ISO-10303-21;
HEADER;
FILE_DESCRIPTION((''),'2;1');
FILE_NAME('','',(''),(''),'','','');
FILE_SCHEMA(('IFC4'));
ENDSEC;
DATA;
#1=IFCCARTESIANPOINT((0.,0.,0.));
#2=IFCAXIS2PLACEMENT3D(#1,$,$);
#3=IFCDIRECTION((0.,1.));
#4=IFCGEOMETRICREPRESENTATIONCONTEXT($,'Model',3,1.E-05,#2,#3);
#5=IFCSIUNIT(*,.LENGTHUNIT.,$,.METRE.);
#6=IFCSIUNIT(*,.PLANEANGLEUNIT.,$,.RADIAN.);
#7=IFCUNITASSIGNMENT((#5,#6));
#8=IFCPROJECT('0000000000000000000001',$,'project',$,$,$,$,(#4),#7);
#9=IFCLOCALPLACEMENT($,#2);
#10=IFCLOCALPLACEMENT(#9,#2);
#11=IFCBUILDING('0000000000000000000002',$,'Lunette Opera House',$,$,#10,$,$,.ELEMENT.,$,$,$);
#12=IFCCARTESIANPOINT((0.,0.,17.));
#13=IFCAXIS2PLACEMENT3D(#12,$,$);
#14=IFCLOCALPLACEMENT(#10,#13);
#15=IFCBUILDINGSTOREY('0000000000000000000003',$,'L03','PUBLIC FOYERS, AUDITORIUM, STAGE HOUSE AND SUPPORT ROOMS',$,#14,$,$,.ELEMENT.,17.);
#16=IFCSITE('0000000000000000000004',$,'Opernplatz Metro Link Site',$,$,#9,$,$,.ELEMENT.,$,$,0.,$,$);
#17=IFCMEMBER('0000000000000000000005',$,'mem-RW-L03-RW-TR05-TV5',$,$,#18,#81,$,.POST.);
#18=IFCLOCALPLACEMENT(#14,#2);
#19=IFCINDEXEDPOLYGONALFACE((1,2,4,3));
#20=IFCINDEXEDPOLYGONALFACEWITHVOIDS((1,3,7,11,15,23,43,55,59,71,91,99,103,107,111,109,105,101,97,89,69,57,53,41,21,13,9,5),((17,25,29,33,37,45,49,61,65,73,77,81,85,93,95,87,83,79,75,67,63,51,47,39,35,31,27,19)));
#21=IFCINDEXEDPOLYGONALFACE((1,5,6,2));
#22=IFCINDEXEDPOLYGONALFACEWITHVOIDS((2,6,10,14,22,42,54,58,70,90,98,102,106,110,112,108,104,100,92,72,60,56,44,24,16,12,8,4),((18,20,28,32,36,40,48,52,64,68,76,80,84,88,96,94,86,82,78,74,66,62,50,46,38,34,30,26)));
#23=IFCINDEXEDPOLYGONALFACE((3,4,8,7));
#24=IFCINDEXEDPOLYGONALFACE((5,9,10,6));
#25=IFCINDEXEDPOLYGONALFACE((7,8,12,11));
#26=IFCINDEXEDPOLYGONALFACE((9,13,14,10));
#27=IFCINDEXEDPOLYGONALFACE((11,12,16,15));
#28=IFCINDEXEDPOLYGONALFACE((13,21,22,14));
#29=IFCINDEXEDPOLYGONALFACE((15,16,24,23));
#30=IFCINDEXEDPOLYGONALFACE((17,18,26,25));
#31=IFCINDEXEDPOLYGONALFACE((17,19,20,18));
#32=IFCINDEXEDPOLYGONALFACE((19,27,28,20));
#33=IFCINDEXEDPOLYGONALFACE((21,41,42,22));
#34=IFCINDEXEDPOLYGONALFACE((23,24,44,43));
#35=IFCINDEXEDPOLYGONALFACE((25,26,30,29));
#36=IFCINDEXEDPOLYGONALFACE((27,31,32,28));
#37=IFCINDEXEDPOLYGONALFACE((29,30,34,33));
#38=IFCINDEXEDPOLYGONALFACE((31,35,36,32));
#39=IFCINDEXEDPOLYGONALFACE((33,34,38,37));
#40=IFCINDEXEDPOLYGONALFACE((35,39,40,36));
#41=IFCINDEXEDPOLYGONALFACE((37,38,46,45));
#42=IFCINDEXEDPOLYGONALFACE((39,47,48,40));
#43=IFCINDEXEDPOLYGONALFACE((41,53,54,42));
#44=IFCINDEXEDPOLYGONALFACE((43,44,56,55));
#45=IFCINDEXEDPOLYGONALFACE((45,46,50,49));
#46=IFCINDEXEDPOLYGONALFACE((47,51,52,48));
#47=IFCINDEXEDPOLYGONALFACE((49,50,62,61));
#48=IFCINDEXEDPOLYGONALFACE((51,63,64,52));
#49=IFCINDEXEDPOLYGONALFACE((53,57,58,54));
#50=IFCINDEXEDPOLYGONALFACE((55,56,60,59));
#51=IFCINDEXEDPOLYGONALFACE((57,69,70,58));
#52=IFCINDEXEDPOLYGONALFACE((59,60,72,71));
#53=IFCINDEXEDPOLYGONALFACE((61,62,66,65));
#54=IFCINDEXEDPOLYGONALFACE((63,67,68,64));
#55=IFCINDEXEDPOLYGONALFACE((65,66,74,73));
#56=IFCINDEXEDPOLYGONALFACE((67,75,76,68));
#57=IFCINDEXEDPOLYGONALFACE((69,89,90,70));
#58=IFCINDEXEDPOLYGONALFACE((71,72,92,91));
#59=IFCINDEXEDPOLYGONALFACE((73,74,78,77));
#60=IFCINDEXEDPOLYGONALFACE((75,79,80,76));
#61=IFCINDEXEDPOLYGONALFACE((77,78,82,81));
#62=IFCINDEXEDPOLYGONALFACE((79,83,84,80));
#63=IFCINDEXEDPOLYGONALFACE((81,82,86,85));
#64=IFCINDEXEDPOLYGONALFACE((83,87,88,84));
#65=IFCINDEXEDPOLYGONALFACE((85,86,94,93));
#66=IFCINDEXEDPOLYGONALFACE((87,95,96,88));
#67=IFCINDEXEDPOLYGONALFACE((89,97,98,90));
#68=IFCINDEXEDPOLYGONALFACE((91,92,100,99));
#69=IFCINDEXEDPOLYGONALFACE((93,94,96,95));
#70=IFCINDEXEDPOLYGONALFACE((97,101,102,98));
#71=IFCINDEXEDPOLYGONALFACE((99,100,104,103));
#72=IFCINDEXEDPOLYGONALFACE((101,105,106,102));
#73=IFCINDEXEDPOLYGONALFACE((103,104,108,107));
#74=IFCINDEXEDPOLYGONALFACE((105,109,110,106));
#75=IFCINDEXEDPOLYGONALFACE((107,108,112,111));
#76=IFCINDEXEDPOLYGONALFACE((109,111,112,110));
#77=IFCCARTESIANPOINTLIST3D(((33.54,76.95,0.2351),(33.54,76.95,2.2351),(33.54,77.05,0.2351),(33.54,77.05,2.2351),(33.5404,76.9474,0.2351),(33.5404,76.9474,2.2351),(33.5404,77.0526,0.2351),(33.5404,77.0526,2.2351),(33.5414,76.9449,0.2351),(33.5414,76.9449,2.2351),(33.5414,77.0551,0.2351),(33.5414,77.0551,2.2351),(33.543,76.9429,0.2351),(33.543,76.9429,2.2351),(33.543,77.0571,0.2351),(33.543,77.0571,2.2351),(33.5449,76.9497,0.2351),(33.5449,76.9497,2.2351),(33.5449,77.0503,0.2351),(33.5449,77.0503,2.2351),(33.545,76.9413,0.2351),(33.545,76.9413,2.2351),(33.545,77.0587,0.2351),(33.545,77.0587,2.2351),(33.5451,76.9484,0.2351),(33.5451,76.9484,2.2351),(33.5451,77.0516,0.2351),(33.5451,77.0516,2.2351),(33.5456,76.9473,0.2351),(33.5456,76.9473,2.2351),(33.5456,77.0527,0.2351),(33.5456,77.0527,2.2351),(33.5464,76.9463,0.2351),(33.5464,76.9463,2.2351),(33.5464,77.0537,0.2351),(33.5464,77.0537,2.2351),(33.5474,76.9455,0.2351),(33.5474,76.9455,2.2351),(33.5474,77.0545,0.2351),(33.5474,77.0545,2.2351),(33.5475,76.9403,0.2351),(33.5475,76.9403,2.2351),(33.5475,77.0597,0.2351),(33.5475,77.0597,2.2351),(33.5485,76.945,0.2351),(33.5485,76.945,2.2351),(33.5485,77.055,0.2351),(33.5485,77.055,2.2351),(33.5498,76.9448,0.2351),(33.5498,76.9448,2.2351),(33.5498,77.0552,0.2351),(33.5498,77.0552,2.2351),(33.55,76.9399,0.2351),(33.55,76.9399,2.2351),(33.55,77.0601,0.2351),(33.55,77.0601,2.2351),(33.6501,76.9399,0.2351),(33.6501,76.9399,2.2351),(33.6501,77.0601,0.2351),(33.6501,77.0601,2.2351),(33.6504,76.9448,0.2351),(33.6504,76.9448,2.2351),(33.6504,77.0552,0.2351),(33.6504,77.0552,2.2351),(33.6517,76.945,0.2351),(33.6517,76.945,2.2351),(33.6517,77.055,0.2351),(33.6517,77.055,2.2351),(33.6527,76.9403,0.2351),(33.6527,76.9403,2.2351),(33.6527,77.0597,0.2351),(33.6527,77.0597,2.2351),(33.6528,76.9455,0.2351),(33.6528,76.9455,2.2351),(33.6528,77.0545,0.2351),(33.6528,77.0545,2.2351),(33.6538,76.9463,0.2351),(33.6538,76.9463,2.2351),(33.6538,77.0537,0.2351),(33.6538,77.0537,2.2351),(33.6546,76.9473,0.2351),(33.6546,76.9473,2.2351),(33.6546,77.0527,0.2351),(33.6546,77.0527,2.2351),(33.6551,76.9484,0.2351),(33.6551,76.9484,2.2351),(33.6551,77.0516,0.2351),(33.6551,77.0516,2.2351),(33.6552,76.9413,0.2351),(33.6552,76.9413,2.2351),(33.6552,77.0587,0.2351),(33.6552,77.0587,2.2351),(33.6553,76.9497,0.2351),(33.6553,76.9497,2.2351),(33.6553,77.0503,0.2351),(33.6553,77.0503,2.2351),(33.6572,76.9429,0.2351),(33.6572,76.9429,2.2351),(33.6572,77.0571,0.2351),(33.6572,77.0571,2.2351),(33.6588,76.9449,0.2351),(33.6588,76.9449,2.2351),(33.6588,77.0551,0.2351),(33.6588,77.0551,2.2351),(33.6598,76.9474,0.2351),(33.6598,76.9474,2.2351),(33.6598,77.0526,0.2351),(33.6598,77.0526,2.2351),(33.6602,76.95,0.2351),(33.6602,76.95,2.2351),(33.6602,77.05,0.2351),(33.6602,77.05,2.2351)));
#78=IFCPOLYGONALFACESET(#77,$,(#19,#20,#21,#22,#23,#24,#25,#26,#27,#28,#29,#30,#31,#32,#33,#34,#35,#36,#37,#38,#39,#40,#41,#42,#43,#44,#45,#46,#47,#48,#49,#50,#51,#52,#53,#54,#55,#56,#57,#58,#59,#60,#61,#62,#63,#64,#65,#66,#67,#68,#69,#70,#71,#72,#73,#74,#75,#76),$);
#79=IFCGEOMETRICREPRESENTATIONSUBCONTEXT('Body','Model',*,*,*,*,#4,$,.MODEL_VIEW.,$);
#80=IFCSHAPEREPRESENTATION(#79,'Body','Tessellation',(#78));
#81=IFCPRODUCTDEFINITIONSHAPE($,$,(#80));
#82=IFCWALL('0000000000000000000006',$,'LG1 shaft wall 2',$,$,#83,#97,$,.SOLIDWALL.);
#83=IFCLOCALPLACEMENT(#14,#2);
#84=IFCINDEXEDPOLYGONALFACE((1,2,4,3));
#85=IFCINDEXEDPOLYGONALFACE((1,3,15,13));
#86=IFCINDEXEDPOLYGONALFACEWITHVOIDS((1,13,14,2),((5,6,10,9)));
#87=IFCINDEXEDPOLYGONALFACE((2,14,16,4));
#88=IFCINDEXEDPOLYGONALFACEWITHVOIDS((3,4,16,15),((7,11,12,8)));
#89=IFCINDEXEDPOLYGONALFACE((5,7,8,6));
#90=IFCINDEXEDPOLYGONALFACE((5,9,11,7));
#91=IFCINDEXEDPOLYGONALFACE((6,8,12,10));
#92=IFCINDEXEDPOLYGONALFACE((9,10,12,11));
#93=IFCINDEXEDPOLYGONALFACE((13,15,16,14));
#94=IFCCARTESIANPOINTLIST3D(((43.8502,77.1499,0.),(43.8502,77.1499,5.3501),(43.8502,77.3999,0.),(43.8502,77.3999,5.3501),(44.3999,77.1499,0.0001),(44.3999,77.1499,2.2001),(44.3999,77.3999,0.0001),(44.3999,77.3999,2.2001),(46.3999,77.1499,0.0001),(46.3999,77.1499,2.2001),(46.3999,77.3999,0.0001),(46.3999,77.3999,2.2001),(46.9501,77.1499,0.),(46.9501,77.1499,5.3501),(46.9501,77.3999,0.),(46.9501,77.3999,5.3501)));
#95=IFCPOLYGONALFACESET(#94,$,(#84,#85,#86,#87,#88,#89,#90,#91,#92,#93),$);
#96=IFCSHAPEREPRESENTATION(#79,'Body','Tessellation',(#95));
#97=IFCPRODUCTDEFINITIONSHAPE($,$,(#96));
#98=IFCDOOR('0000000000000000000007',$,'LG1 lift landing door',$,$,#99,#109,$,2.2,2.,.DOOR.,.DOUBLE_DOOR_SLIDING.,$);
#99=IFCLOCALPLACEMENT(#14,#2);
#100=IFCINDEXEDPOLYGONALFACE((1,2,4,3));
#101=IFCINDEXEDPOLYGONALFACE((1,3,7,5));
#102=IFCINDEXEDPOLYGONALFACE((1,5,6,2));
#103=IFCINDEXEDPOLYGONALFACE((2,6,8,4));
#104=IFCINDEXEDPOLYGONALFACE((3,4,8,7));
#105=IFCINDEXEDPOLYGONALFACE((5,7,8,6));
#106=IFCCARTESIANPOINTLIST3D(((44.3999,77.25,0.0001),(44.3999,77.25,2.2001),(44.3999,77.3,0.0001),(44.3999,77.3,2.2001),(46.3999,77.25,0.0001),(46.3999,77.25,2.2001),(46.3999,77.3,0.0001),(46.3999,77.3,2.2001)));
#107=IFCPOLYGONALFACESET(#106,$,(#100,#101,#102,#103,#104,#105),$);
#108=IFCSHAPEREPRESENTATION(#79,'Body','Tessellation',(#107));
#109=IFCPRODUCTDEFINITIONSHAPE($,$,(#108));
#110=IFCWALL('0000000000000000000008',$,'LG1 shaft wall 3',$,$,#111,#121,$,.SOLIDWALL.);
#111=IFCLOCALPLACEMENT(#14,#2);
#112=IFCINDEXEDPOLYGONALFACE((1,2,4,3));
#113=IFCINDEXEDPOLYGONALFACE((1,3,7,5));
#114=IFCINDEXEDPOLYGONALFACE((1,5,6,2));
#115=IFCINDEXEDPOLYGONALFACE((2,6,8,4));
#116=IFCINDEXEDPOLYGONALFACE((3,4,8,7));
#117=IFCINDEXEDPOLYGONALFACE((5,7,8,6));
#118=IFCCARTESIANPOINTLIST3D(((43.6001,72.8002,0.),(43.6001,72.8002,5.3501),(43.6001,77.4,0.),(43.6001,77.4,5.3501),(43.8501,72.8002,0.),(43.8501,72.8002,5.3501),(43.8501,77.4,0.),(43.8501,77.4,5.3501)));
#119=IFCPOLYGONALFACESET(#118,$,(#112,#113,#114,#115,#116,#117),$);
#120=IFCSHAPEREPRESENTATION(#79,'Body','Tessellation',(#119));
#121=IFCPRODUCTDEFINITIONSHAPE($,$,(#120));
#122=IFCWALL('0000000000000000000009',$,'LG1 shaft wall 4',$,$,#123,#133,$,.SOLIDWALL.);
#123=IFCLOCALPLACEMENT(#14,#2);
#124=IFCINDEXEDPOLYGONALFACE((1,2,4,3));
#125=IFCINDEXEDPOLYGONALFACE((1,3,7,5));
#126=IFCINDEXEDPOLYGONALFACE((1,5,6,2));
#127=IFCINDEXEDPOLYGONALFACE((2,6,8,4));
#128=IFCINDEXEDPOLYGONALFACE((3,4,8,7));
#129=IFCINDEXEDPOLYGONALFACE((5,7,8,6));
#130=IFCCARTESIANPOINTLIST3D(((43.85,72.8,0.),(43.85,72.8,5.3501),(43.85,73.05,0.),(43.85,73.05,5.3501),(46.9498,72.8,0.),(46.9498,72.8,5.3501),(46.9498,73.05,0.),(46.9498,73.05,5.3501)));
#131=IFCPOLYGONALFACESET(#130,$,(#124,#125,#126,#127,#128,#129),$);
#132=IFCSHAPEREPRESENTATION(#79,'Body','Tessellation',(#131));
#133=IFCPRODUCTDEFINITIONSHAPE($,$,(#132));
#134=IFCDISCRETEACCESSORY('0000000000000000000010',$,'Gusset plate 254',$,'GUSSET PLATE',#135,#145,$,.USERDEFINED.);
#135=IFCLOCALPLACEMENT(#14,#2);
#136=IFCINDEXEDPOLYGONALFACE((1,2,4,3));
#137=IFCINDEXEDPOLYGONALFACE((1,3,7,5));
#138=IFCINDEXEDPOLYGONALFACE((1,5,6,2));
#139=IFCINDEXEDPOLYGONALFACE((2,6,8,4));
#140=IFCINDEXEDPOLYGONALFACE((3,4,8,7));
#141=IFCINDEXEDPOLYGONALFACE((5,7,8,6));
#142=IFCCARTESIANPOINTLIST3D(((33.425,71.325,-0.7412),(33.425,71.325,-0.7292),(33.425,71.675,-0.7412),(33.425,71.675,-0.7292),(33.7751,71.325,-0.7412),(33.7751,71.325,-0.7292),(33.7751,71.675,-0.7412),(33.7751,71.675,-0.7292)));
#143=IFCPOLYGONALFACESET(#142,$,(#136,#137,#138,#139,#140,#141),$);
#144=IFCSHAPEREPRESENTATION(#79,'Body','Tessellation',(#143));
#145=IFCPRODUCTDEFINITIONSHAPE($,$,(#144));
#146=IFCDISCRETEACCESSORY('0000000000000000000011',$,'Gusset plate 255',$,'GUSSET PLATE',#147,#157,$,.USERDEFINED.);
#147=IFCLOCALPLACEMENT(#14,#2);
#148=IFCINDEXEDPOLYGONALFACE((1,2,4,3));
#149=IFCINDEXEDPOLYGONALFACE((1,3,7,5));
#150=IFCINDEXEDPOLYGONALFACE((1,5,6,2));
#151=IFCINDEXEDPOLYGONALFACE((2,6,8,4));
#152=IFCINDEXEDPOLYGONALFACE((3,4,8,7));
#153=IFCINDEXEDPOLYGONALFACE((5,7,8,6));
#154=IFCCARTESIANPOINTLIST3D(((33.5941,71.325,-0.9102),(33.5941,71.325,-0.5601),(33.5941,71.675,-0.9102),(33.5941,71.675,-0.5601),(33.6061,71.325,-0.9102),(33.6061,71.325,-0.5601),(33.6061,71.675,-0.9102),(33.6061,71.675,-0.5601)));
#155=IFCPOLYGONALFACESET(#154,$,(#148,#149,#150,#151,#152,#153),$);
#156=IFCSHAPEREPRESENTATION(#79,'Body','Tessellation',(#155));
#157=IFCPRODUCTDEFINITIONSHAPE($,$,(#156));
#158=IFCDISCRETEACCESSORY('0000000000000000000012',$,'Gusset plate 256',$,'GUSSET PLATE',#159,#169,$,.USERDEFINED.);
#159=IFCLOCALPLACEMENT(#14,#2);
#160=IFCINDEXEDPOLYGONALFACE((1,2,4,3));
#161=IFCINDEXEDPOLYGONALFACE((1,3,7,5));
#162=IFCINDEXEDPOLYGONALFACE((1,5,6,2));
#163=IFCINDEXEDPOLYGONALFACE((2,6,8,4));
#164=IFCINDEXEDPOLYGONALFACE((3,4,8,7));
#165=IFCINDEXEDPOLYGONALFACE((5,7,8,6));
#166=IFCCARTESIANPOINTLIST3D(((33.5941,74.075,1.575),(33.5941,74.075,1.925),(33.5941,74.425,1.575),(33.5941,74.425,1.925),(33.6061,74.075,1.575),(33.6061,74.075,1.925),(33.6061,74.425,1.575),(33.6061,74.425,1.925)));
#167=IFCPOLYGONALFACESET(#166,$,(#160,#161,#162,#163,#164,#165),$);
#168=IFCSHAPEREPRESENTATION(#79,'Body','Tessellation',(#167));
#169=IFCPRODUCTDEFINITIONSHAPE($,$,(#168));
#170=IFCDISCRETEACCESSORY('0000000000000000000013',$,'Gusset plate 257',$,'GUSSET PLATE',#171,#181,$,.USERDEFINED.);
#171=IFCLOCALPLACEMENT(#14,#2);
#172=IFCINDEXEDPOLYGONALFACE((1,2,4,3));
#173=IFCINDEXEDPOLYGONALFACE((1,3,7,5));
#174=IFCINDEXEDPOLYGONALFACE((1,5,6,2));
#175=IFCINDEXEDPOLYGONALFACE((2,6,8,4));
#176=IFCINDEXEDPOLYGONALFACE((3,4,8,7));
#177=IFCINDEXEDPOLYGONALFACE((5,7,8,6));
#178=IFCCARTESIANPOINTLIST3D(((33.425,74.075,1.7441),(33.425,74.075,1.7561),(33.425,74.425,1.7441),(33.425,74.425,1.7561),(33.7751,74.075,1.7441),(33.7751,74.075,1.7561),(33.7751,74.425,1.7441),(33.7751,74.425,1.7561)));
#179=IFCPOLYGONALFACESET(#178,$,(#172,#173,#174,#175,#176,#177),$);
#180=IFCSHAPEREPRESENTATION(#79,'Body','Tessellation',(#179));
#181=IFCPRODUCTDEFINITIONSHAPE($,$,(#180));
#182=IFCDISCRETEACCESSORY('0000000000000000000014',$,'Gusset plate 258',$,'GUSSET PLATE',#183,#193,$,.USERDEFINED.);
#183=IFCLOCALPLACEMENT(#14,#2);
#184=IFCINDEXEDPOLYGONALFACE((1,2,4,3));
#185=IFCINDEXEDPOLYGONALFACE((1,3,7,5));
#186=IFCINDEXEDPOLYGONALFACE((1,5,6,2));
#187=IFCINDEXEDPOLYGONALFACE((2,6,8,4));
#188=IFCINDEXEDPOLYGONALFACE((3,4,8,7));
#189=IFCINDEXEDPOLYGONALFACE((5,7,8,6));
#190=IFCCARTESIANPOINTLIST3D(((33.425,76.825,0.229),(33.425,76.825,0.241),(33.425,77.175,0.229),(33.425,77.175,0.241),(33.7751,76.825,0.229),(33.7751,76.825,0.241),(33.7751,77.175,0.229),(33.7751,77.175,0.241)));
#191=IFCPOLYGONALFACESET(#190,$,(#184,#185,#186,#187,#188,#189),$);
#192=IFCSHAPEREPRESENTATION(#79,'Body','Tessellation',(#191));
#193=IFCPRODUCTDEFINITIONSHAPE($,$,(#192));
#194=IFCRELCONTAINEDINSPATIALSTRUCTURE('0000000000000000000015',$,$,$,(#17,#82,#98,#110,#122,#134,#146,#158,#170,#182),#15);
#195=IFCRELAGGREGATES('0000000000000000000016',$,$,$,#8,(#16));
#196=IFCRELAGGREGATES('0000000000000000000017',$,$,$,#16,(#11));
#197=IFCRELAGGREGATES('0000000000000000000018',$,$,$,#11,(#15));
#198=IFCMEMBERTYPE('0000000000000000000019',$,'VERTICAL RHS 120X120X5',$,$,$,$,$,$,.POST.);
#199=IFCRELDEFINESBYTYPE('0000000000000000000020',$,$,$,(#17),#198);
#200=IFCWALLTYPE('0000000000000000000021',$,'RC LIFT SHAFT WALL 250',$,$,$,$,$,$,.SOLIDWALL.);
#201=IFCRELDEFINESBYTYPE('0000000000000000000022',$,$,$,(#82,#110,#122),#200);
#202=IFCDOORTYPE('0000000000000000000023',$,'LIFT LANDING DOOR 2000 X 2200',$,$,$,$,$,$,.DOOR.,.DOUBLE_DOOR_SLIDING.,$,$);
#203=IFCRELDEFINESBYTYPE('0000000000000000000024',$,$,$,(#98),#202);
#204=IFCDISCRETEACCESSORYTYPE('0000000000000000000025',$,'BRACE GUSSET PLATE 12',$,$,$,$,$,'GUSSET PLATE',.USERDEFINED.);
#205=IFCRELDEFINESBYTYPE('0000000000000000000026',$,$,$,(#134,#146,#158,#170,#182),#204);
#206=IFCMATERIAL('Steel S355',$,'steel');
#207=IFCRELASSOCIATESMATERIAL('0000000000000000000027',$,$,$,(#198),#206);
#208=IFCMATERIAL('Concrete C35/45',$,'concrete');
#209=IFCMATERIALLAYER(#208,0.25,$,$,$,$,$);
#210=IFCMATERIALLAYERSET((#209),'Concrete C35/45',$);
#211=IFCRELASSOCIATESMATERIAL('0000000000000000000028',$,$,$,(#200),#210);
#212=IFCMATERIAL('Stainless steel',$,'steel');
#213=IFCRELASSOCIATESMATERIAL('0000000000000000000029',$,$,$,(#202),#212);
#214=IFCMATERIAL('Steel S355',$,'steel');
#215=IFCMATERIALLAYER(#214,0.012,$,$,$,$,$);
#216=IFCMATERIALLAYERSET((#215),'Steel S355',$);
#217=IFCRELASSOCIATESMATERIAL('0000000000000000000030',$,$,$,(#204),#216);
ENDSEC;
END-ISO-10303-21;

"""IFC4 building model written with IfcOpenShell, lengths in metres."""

from ifc_helpers import new_model, si_unit, direction, frame, frame_2d, origin, origin_2d, place, context, subcontext, project, spatial, rectangle, hollow_rectangle, extrude, material, layer, layer_set, material_profile, profile_set, type_object, element, fill, save


model = new_model("IFC4")

# Units and contexts
model_context = context("Model", 3, precision=1e-05, world=origin(), true_north=direction((0.0, 1.0)))
body_context = subcontext(model_context, "Body", "Model", "MODEL_VIEW")
ifc_project = project(units=[si_unit("LENGTHUNIT", "METRE"), si_unit("PLANEANGLEUNIT", "RADIAN")], contexts=[model_context])

# Site, building, storey
site_placement = place(None, origin())
site = spatial("IfcSite", under=ifc_project, at=site_placement, Name="Opernplatz Metro Link Site", CompositionType="ELEMENT", RefElevation=0.0)
building_placement = place(site_placement, origin())
building = spatial("IfcBuilding", under=site, at=building_placement, Name="Lunette Opera House", CompositionType="ELEMENT")
storey_placement = place(building_placement, frame((0.0, 0.0, 17.0)))
storey = spatial("IfcBuildingStorey", under=building, at=storey_placement, Name="L03", Description="PUBLIC FOYERS, AUDITORIUM, STAGE HOUSE AND SUPPORT ROOMS", CompositionType="ELEMENT", Elevation=17.0)

# Member
ifc_material_1 = material(Name="Steel S355", Category="steel")
ifc_material_profile_1 = material_profile(ifc_material_1, hollow_rectangle(XDim=0.1201, YDim=0.1201, WallThickness=0.0049, InnerFilletRadius=0.0049, OuterFilletRadius=0.01, at=origin_2d()), Name="RHS 120X120X5")
ifc_profile_set_1 = profile_set([ifc_material_profile_1], Name="Steel S355")
member_type_1 = type_object("IfcMemberType", Name="VERTICAL RHS 120X120X5", PredefinedType="POST", material=ifc_profile_set_1)
for number, where, z_axis, x_axis, name in (
    (1, (33.6001, 77.0, 0.2351), (0.0, 0.0, 1.0), (1.0, 0.0, 0.0), "mem-RW-L03-RW-TR05-TV5"),
):
    element("IfcMember", number, at=place(storey_placement, frame(where, z_axis=z_axis, x_axis=x_axis)), inside=storey, type_object=member_type_1, Name=name, PredefinedType="POST", context=body_context, shape_type="SweptSolid", body=[
        extrude(hollow_rectangle(XDim=0.1201, YDim=0.1201, WallThickness=0.0049, InnerFilletRadius=0.0049, OuterFilletRadius=0.01, at=origin_2d()), origin(), (0.0, 0.0, 1.0), 2.0),
    ])

# Wall, opening, door
ifc_material_2 = material(Name="Concrete C35/45", Category="concrete")
ifc_layer_1 = layer(ifc_material_2, 0.25)
ifc_layer_set_1 = layer_set([ifc_layer_1], Name="Concrete C35/45")
wall_type = type_object("IfcWallType", Name="RC LIFT SHAFT WALL 250", PredefinedType="SOLIDWALL", material=ifc_layer_set_1)
wall_1_placement = place(storey_placement, frame((46.95, 77.2749, 0.0), z_axis=(0.0, 0.0, 1.0), x_axis=(-1.0, 0.0, 0.0)))
wall_1 = element("IfcWall", 2, at=wall_1_placement, inside=storey, type_object=wall_type, Name="LG1 shaft wall 2", PredefinedType="SOLIDWALL", context=body_context, shape_type="SweptSolid", body=[
    extrude(rectangle(XDim=3.0999, YDim=0.25, at=frame_2d((1.5498, 0.0))), origin(), (0.0, 0.0, 1.0), 5.3501),
])
opening_placement = place(wall_1_placement, frame((0.55, 0.0, 0.0)))
opening = element("IfcOpeningElement", 3, at=opening_placement, cuts=wall_1, PredefinedType="OPENING", context=body_context, shape_type="SweptSolid", body=[
    extrude(rectangle(XDim=2.0, YDim=2.2, at=frame_2d((1.0, 1.1001))), frame((0.0, 0.137, 0.0), z_axis=(0.0, -1.0, 0.0), x_axis=(1.0, 0.0, 0.0)), (0.0, 0.0, 1.0), 0.2739),
])
ifc_material_3 = material(Name="Stainless steel", Category="steel")
door_type = type_object("IfcDoorType", Name="LIFT LANDING DOOR 2000 X 2200", OperationType="DOUBLE_DOOR_SLIDING", PredefinedType="DOOR", material=ifc_material_3)
door_placement = place(opening_placement, origin())
door = element("IfcDoor", 4, at=door_placement, inside=storey, type_object=door_type, Name="LG1 lift landing door", OperationType="DOUBLE_DOOR_SLIDING", OverallHeight=2.2, OverallWidth=2.0, PredefinedType="DOOR", context=body_context, shape_type="SweptSolid", body=[
    extrude(rectangle(XDim=2.0, YDim=2.2, at=frame_2d((1.0, 1.1001))), frame((0.0, 0.0249, 0.0), z_axis=(0.0, -1.0, 0.0), x_axis=(1.0, 0.0, 0.0)), (0.0, 0.0, 1.0), 0.05),
])
fill(opening, door)

# Walls
wall_2_placement = place(storey_placement, frame((43.7251, 77.3999, 0.0), z_axis=(0.0, 0.0, 1.0), x_axis=(0.0, -1.0, 0.0)))
element("IfcWall", 5, at=wall_2_placement, inside=storey, type_object=wall_type, Name="LG1 shaft wall 3", PredefinedType="SOLIDWALL", context=body_context, shape_type="SweptSolid", body=[
    extrude(rectangle(XDim=4.5999, YDim=0.25, at=frame_2d((2.2998, 0.0))), origin(), (0.0, 0.0, 1.0), 5.3501),
])
wall_3_placement = place(storey_placement, frame((43.8501, 72.925, 0.0), z_axis=(0.0, 0.0, 1.0), x_axis=(1.0, 0.0, 0.0)))
element("IfcWall", 6, at=wall_3_placement, inside=storey, type_object=wall_type, Name="LG1 shaft wall 4", PredefinedType="SOLIDWALL", context=body_context, shape_type="SweptSolid", body=[
    extrude(rectangle(XDim=3.0999, YDim=0.25, at=frame_2d((1.5498, 0.0))), origin(), (0.0, 0.0, 1.0), 5.3501),
])

# Discrete accessories
ifc_material_4 = material(Name="Steel S355", Category="steel")
ifc_layer_2 = layer(ifc_material_4, 0.012)
ifc_layer_set_2 = layer_set([ifc_layer_2], Name="Steel S355")
discrete_accessory_type = type_object("IfcDiscreteAccessoryType", Name="BRACE GUSSET PLATE 12", ElementType="GUSSET PLATE", PredefinedType="USERDEFINED", material=ifc_layer_set_2)
discrete_accessory_1_placement = place(storey_placement, frame((33.6001, 71.5, -0.7412), z_axis=(0.0, 0.0, 1.0), x_axis=(0.0, 1.0, 0.0)))
element("IfcDiscreteAccessory", 7, at=discrete_accessory_1_placement, inside=storey, type_object=discrete_accessory_type, Name="Gusset plate 254", ObjectType="GUSSET PLATE", PredefinedType="USERDEFINED", context=body_context, shape_type="SweptSolid", body=[
    extrude(rectangle(XDim=0.3501, YDim=0.3501, at=origin_2d()), origin(), (0.0, 0.0, 1.0), 0.012),
])
for number, where, z_axis, x_axis, name in (
    (8, (33.6001, 71.5, -0.9102), (0.0, 0.0, 1.0), (0.0, 1.0, 0.0), "Gusset plate 255"),
    (9, (33.6001, 74.25, 1.575), (0.0, 0.0, 1.0), (0.0, 1.0, 0.0), "Gusset plate 256"),
):
    element("IfcDiscreteAccessory", number, at=place(storey_placement, frame(where, z_axis=z_axis, x_axis=x_axis)), inside=storey, type_object=discrete_accessory_type, Name=name, ObjectType="GUSSET PLATE", PredefinedType="USERDEFINED", context=body_context, shape_type="SweptSolid", body=[
        extrude(rectangle(XDim=0.3501, YDim=0.012, at=origin_2d()), origin(), (0.0, 0.0, 1.0), 0.3501),
    ])
for number, where, z_axis, x_axis, name in (
    (10, (33.6001, 74.25, 1.7441), (0.0, 0.0, 1.0), (0.0, 1.0, 0.0), "Gusset plate 257"),
    (11, (33.6001, 77.0, 0.229), (0.0, 0.0, 1.0), (0.0, 1.0, 0.0), "Gusset plate 258"),
):
    element("IfcDiscreteAccessory", number, at=place(storey_placement, frame(where, z_axis=z_axis, x_axis=x_axis)), inside=storey, type_object=discrete_accessory_type, Name=name, ObjectType="GUSSET PLATE", PredefinedType="USERDEFINED", context=body_context, shape_type="SweptSolid", body=[
        extrude(rectangle(XDim=0.3501, YDim=0.3501, at=origin_2d()), origin(), (0.0, 0.0, 1.0), 0.012),
    ])

save(model, "model.ifc")
